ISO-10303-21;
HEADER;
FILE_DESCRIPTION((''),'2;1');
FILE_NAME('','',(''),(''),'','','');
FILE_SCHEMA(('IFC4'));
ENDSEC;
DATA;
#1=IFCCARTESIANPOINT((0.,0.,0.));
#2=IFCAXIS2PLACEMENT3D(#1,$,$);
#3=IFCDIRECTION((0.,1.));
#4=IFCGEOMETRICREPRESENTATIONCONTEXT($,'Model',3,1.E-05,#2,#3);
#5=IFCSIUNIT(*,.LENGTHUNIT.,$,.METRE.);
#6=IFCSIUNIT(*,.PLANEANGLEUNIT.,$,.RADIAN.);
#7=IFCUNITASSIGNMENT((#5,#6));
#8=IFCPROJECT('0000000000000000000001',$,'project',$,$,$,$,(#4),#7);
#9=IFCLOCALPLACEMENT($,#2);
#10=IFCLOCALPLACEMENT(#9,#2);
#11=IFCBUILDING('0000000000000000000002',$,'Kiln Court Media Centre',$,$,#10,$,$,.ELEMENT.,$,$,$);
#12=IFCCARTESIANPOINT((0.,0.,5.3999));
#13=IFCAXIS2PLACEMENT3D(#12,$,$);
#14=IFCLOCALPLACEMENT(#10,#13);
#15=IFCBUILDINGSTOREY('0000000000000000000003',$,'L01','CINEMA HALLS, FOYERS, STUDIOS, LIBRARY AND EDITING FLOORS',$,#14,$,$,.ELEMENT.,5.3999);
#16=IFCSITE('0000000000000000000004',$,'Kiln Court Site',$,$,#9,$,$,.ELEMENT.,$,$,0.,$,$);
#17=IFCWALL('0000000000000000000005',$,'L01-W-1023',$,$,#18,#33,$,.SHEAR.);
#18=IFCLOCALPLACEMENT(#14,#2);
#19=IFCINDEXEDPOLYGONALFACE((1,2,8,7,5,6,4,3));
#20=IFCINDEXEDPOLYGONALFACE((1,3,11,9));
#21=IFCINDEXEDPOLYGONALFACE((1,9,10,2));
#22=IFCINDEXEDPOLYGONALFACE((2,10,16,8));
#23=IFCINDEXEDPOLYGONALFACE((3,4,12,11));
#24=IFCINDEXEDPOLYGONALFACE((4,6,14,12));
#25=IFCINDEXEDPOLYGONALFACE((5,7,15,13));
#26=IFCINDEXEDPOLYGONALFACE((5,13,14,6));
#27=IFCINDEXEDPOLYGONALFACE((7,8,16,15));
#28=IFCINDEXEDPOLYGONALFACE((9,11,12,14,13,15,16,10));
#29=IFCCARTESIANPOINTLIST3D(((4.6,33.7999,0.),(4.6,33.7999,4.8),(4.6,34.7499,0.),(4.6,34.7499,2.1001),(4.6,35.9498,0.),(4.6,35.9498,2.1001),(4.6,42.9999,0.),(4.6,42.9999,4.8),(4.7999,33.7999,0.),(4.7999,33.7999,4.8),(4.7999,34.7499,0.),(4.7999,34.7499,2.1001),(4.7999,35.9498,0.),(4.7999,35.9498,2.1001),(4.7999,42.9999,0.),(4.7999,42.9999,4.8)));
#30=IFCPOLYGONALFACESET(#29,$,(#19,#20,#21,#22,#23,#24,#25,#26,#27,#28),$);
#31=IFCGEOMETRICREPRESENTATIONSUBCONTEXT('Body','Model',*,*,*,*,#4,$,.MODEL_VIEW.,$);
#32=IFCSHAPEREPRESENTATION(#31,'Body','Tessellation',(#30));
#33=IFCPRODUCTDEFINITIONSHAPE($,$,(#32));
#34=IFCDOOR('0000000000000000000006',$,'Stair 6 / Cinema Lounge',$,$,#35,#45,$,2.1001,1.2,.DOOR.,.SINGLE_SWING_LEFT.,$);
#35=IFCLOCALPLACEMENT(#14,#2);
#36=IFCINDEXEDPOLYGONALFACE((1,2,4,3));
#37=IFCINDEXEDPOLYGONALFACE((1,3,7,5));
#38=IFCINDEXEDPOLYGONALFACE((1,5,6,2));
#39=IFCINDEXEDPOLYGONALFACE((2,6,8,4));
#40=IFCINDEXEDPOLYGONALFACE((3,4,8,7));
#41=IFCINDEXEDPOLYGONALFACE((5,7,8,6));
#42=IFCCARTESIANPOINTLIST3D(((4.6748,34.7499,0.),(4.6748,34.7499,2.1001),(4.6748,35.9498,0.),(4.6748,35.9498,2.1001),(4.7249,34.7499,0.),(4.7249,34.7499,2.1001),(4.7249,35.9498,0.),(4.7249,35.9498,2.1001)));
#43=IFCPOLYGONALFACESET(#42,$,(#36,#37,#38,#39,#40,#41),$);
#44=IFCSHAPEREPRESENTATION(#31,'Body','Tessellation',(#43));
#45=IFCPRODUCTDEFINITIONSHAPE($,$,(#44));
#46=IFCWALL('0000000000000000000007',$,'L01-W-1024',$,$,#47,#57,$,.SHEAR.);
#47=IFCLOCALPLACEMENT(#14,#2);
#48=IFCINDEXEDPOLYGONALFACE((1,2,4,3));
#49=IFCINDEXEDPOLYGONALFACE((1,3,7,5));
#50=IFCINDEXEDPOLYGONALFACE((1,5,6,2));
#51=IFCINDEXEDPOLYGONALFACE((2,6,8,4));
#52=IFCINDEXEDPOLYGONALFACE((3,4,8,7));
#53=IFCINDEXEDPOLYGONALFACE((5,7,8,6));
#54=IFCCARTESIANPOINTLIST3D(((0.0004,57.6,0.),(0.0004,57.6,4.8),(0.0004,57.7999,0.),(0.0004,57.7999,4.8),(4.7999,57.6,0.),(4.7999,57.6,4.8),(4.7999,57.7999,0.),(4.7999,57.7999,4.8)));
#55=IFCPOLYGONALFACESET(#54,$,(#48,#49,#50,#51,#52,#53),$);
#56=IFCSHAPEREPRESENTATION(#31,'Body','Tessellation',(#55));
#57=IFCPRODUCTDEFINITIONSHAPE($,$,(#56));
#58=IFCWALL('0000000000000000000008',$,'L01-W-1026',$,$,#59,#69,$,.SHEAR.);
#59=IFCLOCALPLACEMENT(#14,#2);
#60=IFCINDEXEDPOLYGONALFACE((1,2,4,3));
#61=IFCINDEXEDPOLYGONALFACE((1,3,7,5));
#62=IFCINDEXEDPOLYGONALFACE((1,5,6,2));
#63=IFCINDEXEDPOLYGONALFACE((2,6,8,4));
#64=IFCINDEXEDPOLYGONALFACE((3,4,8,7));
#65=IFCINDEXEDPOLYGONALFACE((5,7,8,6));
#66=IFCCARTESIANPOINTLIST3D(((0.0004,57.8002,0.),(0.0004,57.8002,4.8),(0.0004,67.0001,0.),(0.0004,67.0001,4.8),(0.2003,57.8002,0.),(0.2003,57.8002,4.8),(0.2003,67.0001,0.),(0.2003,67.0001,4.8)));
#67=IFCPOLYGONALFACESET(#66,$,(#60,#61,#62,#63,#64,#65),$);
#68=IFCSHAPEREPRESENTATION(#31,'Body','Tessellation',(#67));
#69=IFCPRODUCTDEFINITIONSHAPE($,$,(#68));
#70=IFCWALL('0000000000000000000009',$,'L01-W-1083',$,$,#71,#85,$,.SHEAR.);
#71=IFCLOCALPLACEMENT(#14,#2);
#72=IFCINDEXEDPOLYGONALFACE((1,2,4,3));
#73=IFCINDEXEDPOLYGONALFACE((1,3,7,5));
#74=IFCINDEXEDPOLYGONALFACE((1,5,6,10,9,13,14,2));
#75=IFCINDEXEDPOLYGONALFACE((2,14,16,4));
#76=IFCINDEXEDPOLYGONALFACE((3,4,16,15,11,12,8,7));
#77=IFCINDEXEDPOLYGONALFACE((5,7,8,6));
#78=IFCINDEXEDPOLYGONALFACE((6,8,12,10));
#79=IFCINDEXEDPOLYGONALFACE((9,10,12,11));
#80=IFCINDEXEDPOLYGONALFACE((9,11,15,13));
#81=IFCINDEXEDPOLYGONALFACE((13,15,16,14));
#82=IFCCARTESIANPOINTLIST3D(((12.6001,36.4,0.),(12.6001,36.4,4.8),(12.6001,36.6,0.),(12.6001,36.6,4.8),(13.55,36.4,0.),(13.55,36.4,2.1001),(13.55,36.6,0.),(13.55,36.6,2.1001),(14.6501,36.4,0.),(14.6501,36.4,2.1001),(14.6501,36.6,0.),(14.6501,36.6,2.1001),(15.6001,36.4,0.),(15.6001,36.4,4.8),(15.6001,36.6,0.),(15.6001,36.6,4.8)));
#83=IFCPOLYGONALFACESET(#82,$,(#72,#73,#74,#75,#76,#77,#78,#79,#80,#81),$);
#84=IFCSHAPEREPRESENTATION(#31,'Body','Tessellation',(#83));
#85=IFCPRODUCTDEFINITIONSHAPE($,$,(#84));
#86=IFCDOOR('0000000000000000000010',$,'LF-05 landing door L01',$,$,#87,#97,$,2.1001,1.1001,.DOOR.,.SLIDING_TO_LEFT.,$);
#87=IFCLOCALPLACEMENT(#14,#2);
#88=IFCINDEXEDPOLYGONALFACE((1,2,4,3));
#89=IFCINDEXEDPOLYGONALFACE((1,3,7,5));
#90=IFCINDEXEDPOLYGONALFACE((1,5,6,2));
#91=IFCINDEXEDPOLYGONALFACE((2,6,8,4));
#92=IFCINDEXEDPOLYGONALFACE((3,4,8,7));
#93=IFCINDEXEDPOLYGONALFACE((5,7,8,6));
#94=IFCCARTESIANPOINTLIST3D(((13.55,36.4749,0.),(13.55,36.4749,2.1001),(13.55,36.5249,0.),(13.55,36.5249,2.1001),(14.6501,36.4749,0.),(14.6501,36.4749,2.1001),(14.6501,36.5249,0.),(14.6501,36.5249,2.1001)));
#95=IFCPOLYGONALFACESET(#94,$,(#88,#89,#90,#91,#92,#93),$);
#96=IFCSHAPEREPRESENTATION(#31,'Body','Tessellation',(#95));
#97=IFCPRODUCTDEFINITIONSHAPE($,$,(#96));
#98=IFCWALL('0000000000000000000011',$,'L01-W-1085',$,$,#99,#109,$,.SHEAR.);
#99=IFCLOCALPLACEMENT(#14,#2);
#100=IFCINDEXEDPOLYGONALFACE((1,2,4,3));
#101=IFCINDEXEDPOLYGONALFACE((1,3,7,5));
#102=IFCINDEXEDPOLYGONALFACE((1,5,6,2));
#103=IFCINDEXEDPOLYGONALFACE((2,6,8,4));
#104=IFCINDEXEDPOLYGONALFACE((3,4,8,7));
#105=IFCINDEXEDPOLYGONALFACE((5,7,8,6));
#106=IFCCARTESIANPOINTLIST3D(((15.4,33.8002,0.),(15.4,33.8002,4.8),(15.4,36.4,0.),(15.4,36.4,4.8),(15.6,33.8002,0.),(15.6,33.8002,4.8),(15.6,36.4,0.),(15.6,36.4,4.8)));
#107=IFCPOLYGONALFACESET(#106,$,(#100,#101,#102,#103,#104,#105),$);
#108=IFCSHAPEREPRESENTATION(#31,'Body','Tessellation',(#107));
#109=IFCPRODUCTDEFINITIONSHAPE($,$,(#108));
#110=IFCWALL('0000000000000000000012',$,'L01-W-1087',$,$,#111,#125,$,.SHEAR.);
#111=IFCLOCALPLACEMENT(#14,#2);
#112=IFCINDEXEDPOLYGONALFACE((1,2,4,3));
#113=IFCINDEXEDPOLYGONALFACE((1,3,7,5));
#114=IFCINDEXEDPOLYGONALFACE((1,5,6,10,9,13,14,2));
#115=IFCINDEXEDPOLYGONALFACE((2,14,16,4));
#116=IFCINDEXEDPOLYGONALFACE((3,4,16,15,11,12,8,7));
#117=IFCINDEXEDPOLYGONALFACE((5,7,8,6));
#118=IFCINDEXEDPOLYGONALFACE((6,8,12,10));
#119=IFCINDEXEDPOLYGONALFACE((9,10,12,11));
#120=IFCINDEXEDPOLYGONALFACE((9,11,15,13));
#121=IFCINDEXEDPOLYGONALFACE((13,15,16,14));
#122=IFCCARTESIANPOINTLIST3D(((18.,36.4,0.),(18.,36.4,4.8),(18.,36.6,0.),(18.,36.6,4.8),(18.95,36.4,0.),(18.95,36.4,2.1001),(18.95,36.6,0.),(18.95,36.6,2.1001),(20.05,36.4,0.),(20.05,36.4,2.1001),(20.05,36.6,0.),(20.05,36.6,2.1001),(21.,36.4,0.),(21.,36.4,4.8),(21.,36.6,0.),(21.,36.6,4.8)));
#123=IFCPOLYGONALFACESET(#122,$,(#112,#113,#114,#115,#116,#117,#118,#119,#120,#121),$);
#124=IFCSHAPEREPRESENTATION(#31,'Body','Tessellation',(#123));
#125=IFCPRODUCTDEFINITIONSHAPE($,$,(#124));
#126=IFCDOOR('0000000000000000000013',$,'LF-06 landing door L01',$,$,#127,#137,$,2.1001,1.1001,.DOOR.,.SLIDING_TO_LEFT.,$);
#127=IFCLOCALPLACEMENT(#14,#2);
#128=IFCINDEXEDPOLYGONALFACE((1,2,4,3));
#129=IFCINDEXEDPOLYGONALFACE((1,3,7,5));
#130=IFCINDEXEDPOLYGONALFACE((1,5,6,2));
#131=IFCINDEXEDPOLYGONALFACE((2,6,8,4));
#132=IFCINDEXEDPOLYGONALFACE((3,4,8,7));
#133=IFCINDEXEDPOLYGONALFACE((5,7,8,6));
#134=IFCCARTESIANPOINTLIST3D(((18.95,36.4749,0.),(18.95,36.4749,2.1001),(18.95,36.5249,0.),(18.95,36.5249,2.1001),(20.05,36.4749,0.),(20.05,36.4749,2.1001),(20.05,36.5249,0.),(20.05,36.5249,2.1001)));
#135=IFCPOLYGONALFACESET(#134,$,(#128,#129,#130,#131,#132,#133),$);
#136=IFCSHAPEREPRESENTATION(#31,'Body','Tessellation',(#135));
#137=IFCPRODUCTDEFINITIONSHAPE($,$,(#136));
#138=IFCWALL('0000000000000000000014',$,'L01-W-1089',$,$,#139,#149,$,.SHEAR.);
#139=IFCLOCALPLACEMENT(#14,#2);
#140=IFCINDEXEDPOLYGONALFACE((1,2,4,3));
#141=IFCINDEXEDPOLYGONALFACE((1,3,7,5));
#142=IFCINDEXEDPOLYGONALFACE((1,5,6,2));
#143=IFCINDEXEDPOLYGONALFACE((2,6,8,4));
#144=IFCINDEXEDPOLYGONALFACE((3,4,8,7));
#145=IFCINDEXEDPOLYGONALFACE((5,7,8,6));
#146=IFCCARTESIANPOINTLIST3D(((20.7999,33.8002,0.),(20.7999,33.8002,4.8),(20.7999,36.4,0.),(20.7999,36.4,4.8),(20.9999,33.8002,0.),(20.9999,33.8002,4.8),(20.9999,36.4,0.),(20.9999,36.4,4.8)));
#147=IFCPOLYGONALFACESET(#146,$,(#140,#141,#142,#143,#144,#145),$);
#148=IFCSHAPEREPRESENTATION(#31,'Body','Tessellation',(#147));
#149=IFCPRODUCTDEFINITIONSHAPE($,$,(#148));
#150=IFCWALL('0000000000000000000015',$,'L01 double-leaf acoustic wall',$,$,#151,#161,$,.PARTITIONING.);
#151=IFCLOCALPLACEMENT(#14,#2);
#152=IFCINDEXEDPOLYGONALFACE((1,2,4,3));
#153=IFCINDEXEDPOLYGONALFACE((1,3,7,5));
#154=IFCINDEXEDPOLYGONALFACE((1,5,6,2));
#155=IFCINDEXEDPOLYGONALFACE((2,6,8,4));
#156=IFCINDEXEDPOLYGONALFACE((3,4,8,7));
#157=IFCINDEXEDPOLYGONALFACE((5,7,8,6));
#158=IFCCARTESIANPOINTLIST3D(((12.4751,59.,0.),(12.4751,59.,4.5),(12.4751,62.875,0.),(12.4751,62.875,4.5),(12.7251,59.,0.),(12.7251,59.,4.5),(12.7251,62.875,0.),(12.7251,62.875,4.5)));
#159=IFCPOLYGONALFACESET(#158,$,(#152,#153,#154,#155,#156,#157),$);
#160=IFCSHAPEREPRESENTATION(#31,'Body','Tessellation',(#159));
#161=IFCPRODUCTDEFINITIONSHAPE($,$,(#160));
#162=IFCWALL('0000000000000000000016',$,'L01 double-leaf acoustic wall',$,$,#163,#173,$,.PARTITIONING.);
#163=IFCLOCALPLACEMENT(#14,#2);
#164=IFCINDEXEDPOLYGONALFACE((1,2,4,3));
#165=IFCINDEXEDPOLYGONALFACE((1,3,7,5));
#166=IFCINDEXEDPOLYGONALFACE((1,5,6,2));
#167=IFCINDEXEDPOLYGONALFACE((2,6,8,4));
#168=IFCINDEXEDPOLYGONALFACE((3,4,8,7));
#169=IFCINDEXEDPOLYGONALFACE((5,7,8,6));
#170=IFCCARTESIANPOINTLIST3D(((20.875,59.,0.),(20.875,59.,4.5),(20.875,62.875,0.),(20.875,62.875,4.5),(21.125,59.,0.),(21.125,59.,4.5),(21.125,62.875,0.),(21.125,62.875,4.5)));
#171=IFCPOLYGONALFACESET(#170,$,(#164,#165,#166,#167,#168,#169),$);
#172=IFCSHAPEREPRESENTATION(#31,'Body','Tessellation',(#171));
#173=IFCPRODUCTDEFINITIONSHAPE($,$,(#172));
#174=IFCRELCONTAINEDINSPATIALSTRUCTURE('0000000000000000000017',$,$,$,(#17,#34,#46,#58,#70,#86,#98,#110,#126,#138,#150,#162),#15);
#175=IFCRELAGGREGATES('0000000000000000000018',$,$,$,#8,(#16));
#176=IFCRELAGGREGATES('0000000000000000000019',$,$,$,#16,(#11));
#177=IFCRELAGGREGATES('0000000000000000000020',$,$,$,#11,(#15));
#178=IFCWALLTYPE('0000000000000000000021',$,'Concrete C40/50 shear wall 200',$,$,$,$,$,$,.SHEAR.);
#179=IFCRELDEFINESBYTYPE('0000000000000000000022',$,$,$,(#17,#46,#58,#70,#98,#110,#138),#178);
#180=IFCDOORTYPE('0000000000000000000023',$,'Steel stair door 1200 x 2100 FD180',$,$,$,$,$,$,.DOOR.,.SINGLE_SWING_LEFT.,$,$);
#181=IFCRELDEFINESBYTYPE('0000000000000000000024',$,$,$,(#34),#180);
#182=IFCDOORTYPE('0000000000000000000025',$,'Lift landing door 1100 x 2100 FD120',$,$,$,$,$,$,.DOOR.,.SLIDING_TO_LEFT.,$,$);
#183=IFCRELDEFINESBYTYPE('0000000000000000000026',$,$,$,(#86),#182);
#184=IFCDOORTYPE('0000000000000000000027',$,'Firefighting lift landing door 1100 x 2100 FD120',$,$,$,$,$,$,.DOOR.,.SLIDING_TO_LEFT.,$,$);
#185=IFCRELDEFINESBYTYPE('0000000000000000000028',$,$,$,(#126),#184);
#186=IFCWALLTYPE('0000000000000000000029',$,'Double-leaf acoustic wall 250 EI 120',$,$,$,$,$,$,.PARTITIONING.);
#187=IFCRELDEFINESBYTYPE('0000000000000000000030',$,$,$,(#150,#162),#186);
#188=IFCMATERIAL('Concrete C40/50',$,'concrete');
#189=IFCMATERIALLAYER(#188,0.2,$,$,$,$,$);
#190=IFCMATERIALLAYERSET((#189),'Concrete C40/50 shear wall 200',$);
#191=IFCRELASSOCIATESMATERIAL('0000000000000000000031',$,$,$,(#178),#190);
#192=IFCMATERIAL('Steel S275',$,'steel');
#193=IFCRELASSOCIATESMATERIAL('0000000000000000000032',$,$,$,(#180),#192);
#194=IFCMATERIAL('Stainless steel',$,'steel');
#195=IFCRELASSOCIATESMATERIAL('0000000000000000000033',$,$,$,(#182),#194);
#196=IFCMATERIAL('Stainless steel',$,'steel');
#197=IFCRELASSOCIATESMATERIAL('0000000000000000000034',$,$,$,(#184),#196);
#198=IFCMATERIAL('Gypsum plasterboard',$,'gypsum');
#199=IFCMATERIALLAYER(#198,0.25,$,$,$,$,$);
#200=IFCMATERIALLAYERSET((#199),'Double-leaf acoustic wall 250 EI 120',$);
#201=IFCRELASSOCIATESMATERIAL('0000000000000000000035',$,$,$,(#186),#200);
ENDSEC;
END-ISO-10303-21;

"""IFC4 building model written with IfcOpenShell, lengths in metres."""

from ifc_helpers import new_model, si_unit, direction, frame, frame_2d, origin, place, context, subcontext, project, spatial, rectangle, extrude, material, layer, layer_set, type_object, element, fill, save


model = new_model("IFC4")

# Units and contexts
model_context = context("Model", 3, precision=1e-05, world=origin(), true_north=direction((0.0, 1.0)))
body_context = subcontext(model_context, "Body", "Model", "MODEL_VIEW")
ifc_project = project(units=[si_unit("LENGTHUNIT", "METRE"), si_unit("PLANEANGLEUNIT", "RADIAN")], contexts=[model_context])

# Site, building, storey
site_placement = place(None, origin())
site = spatial("IfcSite", under=ifc_project, at=site_placement, Name="Kiln Court Site", CompositionType="ELEMENT", RefElevation=0.0)
building_placement = place(site_placement, origin())
building = spatial("IfcBuilding", under=site, at=building_placement, Name="Kiln Court Media Centre", CompositionType="ELEMENT")
storey_placement = place(building_placement, frame((0.0, 0.0, 5.3999)))
storey = spatial("IfcBuildingStorey", under=building, at=storey_placement, Name="L01", Description="CINEMA HALLS, FOYERS, STUDIOS, LIBRARY AND EDITING FLOORS", CompositionType="ELEMENT", Elevation=5.3999)

# Shared definitions
ifc_material_1 = material(Name="Concrete C40/50", Category="concrete")
ifc_layer_1 = layer(ifc_material_1, 0.2)
ifc_layer_set_1 = layer_set([ifc_layer_1], Name="Concrete C40/50 shear wall 200")
wall_type_1 = type_object("IfcWallType", Name="Concrete C40/50 shear wall 200", PredefinedType="SHEAR", material=ifc_layer_set_1)

# Wall, opening, door
wall_1_placement = place(storey_placement, frame((4.7, 43.0, 0.0), z_axis=(0.0, 0.0, 1.0), x_axis=(0.0, -1.0, 0.0)))
wall_1 = element("IfcWall", 1, at=wall_1_placement, inside=storey, type_object=wall_type_1, Name="L01-W-1023", PredefinedType="SHEAR", context=body_context, shape_type="SweptSolid", body=[
    extrude(rectangle(XDim=9.2, YDim=0.2, at=frame_2d((4.6001, 0.0))), origin(), (0.0, 0.0, 1.0), 4.8),
])
opening_1_placement = place(wall_1_placement, frame((7.05, 0.0, 0.0)))
opening_1 = element("IfcOpeningElement", 2, at=opening_1_placement, cuts=wall_1, PredefinedType="OPENING", context=body_context, shape_type="SweptSolid", body=[
    extrude(rectangle(XDim=1.2, YDim=2.1001, at=frame_2d((0.6001, 1.05))), frame((0.0, 0.1099, 0.0), z_axis=(0.0, -1.0, 0.0), x_axis=(1.0, 0.0, 0.0)), (0.0, 0.0, 1.0), 0.22),
])
ifc_material_2 = material(Name="Steel S275", Category="steel")
door_type_1 = type_object("IfcDoorType", Name="Steel stair door 1200 x 2100 FD180", OperationType="SINGLE_SWING_LEFT", PredefinedType="DOOR", material=ifc_material_2)
door_1_placement = place(opening_1_placement, origin())
door_1 = element("IfcDoor", 3, at=door_1_placement, inside=storey, type_object=door_type_1, Name="Stair 6 / Cinema Lounge", OperationType="SINGLE_SWING_LEFT", OverallHeight=2.1001, OverallWidth=1.2, PredefinedType="DOOR", context=body_context, shape_type="SweptSolid", body=[
    extrude(rectangle(XDim=1.2, YDim=2.1001, at=frame_2d((0.6001, 1.05))), frame((0.0, 0.0249, 0.0), z_axis=(0.0, -1.0, 0.0), x_axis=(1.0, 0.0, 0.0)), (0.0, 0.0, 1.0), 0.05),
])
fill(opening_1, door_1)

# Walls
wall_2_placement = place(storey_placement, frame((4.8, 57.7, 0.0), z_axis=(0.0, 0.0, 1.0), x_axis=(-1.0, 0.0, 0.0)))
element("IfcWall", 4, at=wall_2_placement, inside=storey, type_object=wall_type_1, Name="L01-W-1024", PredefinedType="SHEAR", context=body_context, shape_type="SweptSolid", body=[
    extrude(rectangle(XDim=4.7996, YDim=0.2, at=frame_2d((2.3999, 0.0))), origin(), (0.0, 0.0, 1.0), 4.8),
])
wall_3_placement = place(storey_placement, frame((0.1003, 57.8, 0.0), z_axis=(0.0, 0.0, 1.0), x_axis=(0.0, 1.0, 0.0)))
element("IfcWall", 5, at=wall_3_placement, inside=storey, type_object=wall_type_1, Name="L01-W-1026", PredefinedType="SHEAR", context=body_context, shape_type="SweptSolid", body=[
    extrude(rectangle(XDim=9.2, YDim=0.2, at=frame_2d((4.6001, 0.0))), origin(), (0.0, 0.0, 1.0), 4.8),
])

# Wall, opening, door
wall_4_placement = place(storey_placement, frame((12.6001, 36.5, 0.0), z_axis=(0.0, 0.0, 1.0), x_axis=(1.0, 0.0, 0.0)))
wall_4 = element("IfcWall", 6, at=wall_4_placement, inside=storey, type_object=wall_type_1, Name="L01-W-1083", PredefinedType="SHEAR", context=body_context, shape_type="SweptSolid", body=[
    extrude(rectangle(XDim=3.0, YDim=0.2, at=frame_2d((1.5, 0.0))), origin(), (0.0, 0.0, 1.0), 4.8),
])
opening_2_placement = place(wall_4_placement, frame((0.95, 0.0, 0.0)))
opening_2 = element("IfcOpeningElement", 7, at=opening_2_placement, cuts=wall_4, PredefinedType="OPENING", context=body_context, shape_type="SweptSolid", body=[
    extrude(rectangle(XDim=1.1001, YDim=2.1001, at=frame_2d((0.55, 1.05))), frame((0.0, 0.1099, 0.0), z_axis=(0.0, -1.0, 0.0), x_axis=(1.0, 0.0, 0.0)), (0.0, 0.0, 1.0), 0.22),
])
ifc_material_3 = material(Name="Stainless steel", Category="steel")
door_type_2 = type_object("IfcDoorType", Name="Lift landing door 1100 x 2100 FD120", OperationType="SLIDING_TO_LEFT", PredefinedType="DOOR", material=ifc_material_3)
door_2_placement = place(opening_2_placement, origin())
door_2 = element("IfcDoor", 8, at=door_2_placement, inside=storey, type_object=door_type_2, Name="LF-05 landing door L01", OperationType="SLIDING_TO_LEFT", OverallHeight=2.1001, OverallWidth=1.1001, PredefinedType="DOOR", context=body_context, shape_type="SweptSolid", body=[
    extrude(rectangle(XDim=1.1001, YDim=2.1001, at=frame_2d((0.55, 1.05))), frame((0.0, 0.0249, 0.0), z_axis=(0.0, -1.0, 0.0), x_axis=(1.0, 0.0, 0.0)), (0.0, 0.0, 1.0), 0.05),
])
fill(opening_2, door_2)

# Wall
wall_5_placement = place(storey_placement, frame((15.5, 36.3999, 0.0), z_axis=(0.0, 0.0, 1.0), x_axis=(0.0, -1.0, 0.0)))
element("IfcWall", 9, at=wall_5_placement, inside=storey, type_object=wall_type_1, Name="L01-W-1085", PredefinedType="SHEAR", context=body_context, shape_type="SweptSolid", body=[
    extrude(rectangle(XDim=2.5999, YDim=0.2, at=frame_2d((1.2998, 0.0))), origin(), (0.0, 0.0, 1.0), 4.8),
])

# Wall, opening, door
wall_6_placement = place(storey_placement, frame((18.0, 36.5, 0.0), z_axis=(0.0, 0.0, 1.0), x_axis=(1.0, 0.0, 0.0)))
wall_6 = element("IfcWall", 10, at=wall_6_placement, inside=storey, type_object=wall_type_1, Name="L01-W-1087", PredefinedType="SHEAR", context=body_context, shape_type="SweptSolid", body=[
    extrude(rectangle(XDim=3.0, YDim=0.2, at=frame_2d((1.5, 0.0))), origin(), (0.0, 0.0, 1.0), 4.8),
])
opening_3_placement = place(wall_6_placement, frame((0.95, 0.0, 0.0)))
opening_3 = element("IfcOpeningElement", 11, at=opening_3_placement, cuts=wall_6, PredefinedType="OPENING", context=body_context, shape_type="SweptSolid", body=[
    extrude(rectangle(XDim=1.1001, YDim=2.1001, at=frame_2d((0.55, 1.05))), frame((0.0, 0.1099, 0.0), z_axis=(0.0, -1.0, 0.0), x_axis=(1.0, 0.0, 0.0)), (0.0, 0.0, 1.0), 0.22),
])
ifc_material_4 = material(Name="Stainless steel", Category="steel")
door_type_3 = type_object("IfcDoorType", Name="Firefighting lift landing door 1100 x 2100 FD120", OperationType="SLIDING_TO_LEFT", PredefinedType="DOOR", material=ifc_material_4)
door_3_placement = place(opening_3_placement, origin())
door_3 = element("IfcDoor", 12, at=door_3_placement, inside=storey, type_object=door_type_3, Name="LF-06 landing door L01", OperationType="SLIDING_TO_LEFT", OverallHeight=2.1001, OverallWidth=1.1001, PredefinedType="DOOR", context=body_context, shape_type="SweptSolid", body=[
    extrude(rectangle(XDim=1.1001, YDim=2.1001, at=frame_2d((0.55, 1.05))), frame((0.0, 0.0249, 0.0), z_axis=(0.0, -1.0, 0.0), x_axis=(1.0, 0.0, 0.0)), (0.0, 0.0, 1.0), 0.05),
])
fill(opening_3, door_3)

# Walls
wall_7_placement = place(storey_placement, frame((20.8999, 36.3999, 0.0), z_axis=(0.0, 0.0, 1.0), x_axis=(0.0, -1.0, 0.0)))
element("IfcWall", 13, at=wall_7_placement, inside=storey, type_object=wall_type_1, Name="L01-W-1089", PredefinedType="SHEAR", context=body_context, shape_type="SweptSolid", body=[
    extrude(rectangle(XDim=2.5999, YDim=0.2, at=frame_2d((1.2998, 0.0))), origin(), (0.0, 0.0, 1.0), 4.8),
])
ifc_material_5 = material(Name="Gypsum plasterboard", Category="gypsum")
ifc_layer_2 = layer(ifc_material_5, 0.25)
ifc_layer_set_2 = layer_set([ifc_layer_2], Name="Double-leaf acoustic wall 250 EI 120")
wall_type_2 = type_object("IfcWallType", Name="Double-leaf acoustic wall 250 EI 120", PredefinedType="PARTITIONING", material=ifc_layer_set_2)
for number, where, z_axis, x_axis, name in (
    (14, (12.6001, 59.0, 0.0), (0.0, 0.0, 1.0), (0.0, 1.0, 0.0), "L01 double-leaf acoustic wall"),
    (15, (21.0, 59.0, 0.0), (0.0, 0.0, 1.0), (0.0, 1.0, 0.0), "L01 double-leaf acoustic wall"),
):
    element("IfcWall", number, at=place(storey_placement, frame(where, z_axis=z_axis, x_axis=x_axis)), inside=storey, type_object=wall_type_2, Name=name, PredefinedType="PARTITIONING", context=body_context, shape_type="SweptSolid", body=[
        extrude(rectangle(XDim=3.875, YDim=0.25, at=frame_2d((1.9375, 0.0))), origin(), (0.0, 0.0, 1.0), 4.5),
    ])

save(model, "model.ifc")
